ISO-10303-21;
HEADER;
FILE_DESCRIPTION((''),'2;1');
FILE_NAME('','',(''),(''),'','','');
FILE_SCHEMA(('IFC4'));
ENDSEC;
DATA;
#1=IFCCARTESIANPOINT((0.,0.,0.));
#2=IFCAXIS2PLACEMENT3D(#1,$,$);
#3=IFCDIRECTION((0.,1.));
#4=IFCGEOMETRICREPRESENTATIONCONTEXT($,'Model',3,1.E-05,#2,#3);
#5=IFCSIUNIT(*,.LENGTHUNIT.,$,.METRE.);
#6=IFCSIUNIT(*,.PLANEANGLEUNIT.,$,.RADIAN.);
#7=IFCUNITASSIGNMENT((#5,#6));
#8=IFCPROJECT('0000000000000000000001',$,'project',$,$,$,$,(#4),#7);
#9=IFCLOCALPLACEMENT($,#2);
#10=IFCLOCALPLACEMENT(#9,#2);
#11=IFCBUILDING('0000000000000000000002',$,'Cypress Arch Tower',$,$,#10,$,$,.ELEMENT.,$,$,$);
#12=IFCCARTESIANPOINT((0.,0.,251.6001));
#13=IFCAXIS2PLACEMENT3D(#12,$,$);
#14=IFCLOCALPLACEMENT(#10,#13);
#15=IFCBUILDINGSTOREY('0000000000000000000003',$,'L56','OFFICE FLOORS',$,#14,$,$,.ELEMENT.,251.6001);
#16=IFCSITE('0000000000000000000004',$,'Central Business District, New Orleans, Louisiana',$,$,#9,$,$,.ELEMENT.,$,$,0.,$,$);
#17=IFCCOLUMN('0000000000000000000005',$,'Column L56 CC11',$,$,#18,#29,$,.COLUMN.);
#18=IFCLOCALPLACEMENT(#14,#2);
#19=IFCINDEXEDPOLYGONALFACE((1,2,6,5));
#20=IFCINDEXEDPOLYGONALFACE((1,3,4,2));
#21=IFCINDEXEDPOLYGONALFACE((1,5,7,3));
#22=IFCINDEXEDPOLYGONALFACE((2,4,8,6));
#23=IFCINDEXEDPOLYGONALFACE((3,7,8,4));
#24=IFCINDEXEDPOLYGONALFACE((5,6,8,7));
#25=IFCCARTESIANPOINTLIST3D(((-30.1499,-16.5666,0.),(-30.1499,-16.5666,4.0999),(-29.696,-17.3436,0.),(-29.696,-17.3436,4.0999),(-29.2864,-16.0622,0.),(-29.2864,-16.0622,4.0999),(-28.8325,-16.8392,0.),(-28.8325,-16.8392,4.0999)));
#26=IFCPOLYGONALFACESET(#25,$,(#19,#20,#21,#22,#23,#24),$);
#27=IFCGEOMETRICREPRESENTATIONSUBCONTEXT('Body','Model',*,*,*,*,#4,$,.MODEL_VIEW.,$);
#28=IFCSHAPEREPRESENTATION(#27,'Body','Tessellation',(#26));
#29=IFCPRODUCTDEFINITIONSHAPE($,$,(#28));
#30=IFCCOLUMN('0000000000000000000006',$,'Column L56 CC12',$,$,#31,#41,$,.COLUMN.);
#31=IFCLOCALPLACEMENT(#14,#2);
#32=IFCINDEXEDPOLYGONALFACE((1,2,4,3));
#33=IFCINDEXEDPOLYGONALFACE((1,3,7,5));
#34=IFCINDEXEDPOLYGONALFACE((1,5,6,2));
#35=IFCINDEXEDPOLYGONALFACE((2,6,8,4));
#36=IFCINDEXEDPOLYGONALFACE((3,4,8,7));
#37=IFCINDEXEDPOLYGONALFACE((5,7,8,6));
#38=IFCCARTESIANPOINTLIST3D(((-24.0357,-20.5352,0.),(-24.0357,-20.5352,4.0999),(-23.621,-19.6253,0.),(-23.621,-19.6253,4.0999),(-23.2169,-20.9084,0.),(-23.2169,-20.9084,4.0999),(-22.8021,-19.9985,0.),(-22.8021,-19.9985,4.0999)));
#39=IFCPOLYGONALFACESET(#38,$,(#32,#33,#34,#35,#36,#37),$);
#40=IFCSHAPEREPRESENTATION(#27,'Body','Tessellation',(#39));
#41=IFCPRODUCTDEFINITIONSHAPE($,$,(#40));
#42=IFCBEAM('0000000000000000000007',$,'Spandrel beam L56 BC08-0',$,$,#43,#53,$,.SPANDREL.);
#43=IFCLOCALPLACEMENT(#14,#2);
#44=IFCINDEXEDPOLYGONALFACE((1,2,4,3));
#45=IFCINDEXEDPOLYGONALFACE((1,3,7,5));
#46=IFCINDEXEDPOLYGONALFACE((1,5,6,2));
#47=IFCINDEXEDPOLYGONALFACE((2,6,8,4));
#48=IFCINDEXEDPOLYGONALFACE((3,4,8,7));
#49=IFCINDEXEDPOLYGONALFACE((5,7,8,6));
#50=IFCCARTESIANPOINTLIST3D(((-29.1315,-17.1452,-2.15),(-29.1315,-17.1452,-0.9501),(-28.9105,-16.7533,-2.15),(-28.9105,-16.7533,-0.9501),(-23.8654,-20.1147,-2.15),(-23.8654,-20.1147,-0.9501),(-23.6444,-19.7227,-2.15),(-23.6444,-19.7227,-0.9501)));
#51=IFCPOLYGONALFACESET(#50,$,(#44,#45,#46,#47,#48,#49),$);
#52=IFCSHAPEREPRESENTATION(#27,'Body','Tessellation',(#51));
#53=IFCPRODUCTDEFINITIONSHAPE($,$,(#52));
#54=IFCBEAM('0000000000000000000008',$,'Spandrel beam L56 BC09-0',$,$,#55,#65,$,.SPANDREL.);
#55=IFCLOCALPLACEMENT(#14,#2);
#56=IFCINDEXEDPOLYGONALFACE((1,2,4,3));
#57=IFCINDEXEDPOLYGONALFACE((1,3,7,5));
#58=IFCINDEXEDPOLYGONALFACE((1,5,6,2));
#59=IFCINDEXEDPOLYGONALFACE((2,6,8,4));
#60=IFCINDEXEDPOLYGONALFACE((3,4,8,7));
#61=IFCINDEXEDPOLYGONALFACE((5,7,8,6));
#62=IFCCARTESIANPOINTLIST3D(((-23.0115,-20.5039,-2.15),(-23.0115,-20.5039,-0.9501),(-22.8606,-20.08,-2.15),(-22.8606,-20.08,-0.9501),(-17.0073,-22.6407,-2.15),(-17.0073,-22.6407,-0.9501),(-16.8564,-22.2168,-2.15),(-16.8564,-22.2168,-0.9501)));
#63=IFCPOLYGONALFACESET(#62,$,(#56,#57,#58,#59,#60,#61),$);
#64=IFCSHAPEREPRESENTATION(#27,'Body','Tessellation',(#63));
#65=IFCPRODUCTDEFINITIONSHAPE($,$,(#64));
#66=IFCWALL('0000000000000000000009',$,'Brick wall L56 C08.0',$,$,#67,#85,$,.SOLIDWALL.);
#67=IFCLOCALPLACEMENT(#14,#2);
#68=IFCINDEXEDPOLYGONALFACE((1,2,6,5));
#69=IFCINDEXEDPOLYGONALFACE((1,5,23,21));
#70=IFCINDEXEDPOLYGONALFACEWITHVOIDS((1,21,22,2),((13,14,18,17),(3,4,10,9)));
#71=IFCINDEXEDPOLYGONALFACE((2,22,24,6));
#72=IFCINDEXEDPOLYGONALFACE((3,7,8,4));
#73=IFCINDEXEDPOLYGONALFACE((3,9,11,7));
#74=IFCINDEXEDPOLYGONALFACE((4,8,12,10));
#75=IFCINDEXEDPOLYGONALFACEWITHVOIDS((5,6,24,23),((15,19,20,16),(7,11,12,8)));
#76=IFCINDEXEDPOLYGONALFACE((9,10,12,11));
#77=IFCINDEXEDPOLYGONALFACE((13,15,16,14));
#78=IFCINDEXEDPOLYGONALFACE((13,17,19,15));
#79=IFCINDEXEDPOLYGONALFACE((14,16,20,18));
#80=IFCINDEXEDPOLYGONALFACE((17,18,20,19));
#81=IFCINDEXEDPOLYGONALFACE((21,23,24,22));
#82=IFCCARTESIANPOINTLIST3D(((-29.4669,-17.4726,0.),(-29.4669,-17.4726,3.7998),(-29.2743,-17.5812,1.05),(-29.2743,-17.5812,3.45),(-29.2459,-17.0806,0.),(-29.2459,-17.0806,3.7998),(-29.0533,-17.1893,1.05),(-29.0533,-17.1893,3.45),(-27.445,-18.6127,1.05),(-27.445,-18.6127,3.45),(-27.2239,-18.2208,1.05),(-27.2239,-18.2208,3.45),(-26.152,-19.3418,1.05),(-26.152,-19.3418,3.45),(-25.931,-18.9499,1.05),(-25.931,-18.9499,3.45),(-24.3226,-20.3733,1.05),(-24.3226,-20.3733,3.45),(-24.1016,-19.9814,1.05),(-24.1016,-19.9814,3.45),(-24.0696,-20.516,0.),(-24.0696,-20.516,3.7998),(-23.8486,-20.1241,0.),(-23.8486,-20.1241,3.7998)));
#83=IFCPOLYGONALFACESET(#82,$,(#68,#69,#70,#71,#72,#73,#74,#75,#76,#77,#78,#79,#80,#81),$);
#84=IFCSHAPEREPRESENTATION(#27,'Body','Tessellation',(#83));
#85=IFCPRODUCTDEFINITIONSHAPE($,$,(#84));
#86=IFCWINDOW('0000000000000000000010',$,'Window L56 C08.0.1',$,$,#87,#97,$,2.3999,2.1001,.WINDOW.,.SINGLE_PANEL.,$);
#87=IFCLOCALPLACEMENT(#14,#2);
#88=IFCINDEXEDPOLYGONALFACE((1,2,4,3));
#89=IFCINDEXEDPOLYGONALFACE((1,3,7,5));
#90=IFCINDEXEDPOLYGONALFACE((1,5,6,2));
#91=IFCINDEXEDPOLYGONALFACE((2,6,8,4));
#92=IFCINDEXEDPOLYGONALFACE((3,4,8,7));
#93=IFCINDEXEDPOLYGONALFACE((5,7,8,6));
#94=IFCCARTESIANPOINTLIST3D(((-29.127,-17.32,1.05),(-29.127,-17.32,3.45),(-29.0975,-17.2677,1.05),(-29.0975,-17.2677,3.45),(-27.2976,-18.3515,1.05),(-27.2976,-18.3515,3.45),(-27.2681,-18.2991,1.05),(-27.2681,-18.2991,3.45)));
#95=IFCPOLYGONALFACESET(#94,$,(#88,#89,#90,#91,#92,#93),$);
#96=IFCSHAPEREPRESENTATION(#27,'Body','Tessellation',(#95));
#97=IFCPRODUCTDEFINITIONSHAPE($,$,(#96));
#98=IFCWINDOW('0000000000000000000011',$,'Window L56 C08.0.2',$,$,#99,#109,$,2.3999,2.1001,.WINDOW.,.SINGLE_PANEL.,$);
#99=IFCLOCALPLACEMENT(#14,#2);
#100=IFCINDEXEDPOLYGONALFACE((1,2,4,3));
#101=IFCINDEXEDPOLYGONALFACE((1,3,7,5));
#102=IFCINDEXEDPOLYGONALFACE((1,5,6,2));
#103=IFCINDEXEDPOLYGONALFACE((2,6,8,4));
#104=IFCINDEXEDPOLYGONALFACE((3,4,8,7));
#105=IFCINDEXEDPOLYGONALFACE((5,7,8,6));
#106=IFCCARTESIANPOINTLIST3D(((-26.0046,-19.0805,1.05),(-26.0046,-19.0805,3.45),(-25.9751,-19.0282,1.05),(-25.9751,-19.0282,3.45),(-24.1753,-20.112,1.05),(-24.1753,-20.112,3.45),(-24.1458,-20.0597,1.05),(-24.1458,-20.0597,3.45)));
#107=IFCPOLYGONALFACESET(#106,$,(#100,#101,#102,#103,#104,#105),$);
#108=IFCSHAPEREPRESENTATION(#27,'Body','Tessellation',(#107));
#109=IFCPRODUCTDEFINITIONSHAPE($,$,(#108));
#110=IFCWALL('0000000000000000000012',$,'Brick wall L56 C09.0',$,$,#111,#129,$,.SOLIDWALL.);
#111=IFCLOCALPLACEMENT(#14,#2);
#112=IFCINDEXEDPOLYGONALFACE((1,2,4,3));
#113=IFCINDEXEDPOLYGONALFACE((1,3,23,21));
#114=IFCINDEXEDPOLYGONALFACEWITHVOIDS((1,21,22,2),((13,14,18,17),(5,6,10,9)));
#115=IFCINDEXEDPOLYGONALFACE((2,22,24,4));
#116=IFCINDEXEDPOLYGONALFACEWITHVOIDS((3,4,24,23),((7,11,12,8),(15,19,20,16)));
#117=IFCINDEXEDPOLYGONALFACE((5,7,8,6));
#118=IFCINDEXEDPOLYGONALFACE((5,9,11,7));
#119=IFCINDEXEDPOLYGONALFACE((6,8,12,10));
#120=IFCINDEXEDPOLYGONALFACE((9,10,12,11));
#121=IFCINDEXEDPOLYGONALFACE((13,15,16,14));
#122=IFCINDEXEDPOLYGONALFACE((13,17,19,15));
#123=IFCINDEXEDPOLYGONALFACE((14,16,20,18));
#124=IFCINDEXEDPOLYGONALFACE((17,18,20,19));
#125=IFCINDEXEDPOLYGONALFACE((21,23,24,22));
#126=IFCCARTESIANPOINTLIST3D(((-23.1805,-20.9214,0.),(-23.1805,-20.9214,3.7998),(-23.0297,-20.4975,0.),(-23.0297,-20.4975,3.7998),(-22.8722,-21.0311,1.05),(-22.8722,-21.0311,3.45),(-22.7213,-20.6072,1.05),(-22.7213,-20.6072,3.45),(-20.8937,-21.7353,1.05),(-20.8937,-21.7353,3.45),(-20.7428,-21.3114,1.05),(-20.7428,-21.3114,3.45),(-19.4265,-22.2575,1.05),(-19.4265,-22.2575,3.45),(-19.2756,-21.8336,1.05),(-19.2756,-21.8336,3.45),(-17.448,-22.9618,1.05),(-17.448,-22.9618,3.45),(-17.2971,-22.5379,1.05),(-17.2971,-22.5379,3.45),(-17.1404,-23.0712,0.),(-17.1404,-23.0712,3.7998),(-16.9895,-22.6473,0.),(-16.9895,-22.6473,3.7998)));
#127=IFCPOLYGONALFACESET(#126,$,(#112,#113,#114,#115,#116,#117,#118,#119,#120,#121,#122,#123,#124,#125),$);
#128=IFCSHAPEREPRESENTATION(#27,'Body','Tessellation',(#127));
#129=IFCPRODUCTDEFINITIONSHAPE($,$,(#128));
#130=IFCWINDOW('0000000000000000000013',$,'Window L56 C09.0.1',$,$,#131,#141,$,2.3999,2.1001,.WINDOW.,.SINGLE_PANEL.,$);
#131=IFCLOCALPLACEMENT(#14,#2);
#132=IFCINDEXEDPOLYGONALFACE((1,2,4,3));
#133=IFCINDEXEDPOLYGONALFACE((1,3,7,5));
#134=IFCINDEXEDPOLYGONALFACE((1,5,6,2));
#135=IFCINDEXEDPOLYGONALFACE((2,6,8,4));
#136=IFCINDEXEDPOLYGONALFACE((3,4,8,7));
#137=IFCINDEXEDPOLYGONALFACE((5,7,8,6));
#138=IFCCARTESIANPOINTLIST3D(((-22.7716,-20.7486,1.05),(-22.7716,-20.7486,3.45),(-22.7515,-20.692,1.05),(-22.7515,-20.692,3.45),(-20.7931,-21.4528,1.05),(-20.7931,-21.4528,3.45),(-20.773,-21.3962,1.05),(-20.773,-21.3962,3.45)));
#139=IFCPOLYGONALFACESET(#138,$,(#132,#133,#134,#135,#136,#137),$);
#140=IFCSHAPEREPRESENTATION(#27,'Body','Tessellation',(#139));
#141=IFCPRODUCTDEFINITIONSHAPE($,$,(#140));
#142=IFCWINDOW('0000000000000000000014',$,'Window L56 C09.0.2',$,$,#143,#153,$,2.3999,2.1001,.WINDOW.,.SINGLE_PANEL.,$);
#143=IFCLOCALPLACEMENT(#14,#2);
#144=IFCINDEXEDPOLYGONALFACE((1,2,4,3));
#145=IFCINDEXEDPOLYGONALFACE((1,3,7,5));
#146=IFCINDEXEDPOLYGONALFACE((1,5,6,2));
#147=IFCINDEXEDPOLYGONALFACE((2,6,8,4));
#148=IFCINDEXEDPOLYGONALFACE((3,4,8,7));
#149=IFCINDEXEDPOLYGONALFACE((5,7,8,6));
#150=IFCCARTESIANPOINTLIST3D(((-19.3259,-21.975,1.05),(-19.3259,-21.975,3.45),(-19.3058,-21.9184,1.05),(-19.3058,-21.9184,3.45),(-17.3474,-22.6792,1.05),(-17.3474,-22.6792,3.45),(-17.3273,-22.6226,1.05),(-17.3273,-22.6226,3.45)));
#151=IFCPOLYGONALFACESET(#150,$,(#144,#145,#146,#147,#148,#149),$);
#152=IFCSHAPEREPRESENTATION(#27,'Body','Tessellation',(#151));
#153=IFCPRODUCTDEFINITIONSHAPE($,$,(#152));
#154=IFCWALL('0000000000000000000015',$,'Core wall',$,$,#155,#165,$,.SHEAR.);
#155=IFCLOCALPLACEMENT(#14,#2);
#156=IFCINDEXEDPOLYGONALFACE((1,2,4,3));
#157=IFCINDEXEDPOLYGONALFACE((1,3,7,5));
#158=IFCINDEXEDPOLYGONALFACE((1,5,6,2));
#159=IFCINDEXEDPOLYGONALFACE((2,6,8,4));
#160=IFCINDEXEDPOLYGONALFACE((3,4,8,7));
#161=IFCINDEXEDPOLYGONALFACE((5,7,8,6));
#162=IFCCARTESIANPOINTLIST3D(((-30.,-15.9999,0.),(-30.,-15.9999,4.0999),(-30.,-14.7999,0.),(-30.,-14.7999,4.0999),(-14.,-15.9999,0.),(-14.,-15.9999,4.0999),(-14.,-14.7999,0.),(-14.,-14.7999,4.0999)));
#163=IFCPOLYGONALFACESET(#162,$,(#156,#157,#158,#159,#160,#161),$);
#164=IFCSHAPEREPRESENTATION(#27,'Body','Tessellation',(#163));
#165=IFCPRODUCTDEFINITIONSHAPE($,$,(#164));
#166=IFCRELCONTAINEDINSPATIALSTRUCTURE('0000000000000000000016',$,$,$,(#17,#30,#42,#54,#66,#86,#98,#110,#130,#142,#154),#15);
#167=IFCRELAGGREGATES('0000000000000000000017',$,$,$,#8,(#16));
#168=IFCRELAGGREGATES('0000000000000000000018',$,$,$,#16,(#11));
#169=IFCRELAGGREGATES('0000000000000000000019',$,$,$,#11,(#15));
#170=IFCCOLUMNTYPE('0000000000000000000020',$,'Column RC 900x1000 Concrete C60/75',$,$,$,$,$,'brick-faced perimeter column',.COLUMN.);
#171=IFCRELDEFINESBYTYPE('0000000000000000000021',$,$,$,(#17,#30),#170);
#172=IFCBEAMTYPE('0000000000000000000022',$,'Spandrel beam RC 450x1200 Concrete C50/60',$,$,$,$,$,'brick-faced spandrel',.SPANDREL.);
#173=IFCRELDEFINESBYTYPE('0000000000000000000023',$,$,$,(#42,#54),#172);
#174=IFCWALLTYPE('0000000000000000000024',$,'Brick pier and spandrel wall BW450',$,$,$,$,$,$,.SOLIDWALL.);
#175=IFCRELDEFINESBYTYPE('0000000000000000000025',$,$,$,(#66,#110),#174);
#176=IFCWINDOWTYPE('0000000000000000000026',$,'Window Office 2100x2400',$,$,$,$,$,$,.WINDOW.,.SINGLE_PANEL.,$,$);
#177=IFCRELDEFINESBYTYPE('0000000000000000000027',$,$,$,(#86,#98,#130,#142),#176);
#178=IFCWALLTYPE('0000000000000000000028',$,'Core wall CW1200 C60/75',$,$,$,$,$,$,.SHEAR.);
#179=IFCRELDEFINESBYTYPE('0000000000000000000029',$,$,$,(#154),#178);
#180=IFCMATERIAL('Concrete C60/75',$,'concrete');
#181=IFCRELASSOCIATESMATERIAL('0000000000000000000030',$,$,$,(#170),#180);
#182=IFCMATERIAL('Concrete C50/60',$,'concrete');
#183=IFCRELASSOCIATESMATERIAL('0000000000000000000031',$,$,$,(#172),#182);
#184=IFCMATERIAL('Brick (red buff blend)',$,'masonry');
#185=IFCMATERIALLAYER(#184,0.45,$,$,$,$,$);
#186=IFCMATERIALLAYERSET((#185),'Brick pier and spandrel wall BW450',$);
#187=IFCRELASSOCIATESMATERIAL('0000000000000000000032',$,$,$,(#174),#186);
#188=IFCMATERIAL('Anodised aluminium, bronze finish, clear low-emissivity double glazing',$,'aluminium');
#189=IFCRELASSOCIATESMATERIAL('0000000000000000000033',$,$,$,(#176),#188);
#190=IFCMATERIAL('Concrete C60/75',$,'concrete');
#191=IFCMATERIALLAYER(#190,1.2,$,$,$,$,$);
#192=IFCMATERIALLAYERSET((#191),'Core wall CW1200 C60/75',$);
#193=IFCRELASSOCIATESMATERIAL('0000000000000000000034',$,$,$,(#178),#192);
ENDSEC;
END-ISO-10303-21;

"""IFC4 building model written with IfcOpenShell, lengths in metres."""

from ifc_helpers import new_model, si_unit, direction, frame, frame_2d, origin, origin_2d, place, context, subcontext, project, spatial, rectangle, extrude, material, layer, layer_set, material_profile, profile_set, type_object, element, fill, save


model = new_model("IFC4")

# Units and contexts
model_context = context("Model", 3, precision=1e-05, world=origin(), true_north=direction((0.0, 1.0)))
body_context = subcontext(model_context, "Body", "Model", "MODEL_VIEW")
ifc_project = project(units=[si_unit("LENGTHUNIT", "METRE"), si_unit("PLANEANGLEUNIT", "RADIAN")], contexts=[model_context])

# Site, building, storey
site_placement = place(None, origin())
site = spatial("IfcSite", under=ifc_project, at=site_placement, Name="Central Business District, New Orleans, Louisiana", CompositionType="ELEMENT", RefElevation=0.0)
building_placement = place(site_placement, origin())
building = spatial("IfcBuilding", under=site, at=building_placement, Name="Cypress Arch Tower", CompositionType="ELEMENT")
storey_placement = place(building_placement, frame((0.0, 0.0, 251.6001)))
storey = spatial("IfcBuildingStorey", under=building, at=storey_placement, Name="L56", Description="OFFICE FLOORS", CompositionType="ELEMENT", Elevation=251.6001)

# Columns
ifc_material_1 = material(Name="Concrete C60/75", Category="concrete")
ifc_material_profile_1 = material_profile(ifc_material_1, rectangle(XDim=0.8999, YDim=1.0, at=origin_2d()), Name="RC 900x1000")
ifc_profile_set_1 = profile_set([ifc_material_profile_1], Name="Concrete C60/75")
column_type = type_object("IfcColumnType", Name="Column RC 900x1000 Concrete C60/75", ElementType="brick-faced perimeter column", PredefinedType="COLUMN", material=ifc_profile_set_1)
for number, where, z_axis, x_axis, name in (
    (1, (-29.4912, -16.7029, 0.0), (0.0, 0.0, 1.0), (0.504399, -0.863471, 0.0), "Column L56 CC11"),
    (2, (-23.4189, -20.2668, 0.0), (0.0, 0.0, 1.0), (0.909932, -0.414757, 0.0), "Column L56 CC12"),
):
    element("IfcColumn", number, at=place(storey_placement, frame(where, z_axis=z_axis, x_axis=x_axis)), inside=storey, type_object=column_type, Name=name, PredefinedType="COLUMN", context=body_context, shape_type="SweptSolid", body=[
        extrude(rectangle(XDim=0.8999, YDim=1.0, at=origin_2d()), origin(), (0.0, 0.0, 1.0), 4.0999),
    ])

# Beams
ifc_material_2 = material(Name="Concrete C50/60", Category="concrete")
ifc_material_profile_2 = material_profile(ifc_material_2, rectangle(XDim=0.45, YDim=1.2, at=origin_2d()), Name="RC 450x1200")
ifc_profile_set_2 = profile_set([ifc_material_profile_2], Name="Concrete C50/60")
beam_type = type_object("IfcBeamType", Name="Spandrel beam RC 450x1200 Concrete C50/60", ElementType="brick-faced spandrel", PredefinedType="SPANDREL", material=ifc_profile_set_2)
beam_1_placement = place(storey_placement, frame((-29.021, -16.9492, -1.55), z_axis=(0.87106, -0.491177, 0.0), x_axis=(0.491177, 0.87106, 0.0)))
element("IfcBeam", 3, at=beam_1_placement, inside=storey, type_object=beam_type, Name="Spandrel beam L56 BC08-0", PredefinedType="SPANDREL", context=body_context, shape_type="SweptSolid", body=[
    extrude(rectangle(XDim=0.45, YDim=1.2, at=origin_2d()), origin(), (0.0, 0.0, 1.0), 6.0457),
])
beam_2_placement = place(storey_placement, frame((-22.936, -20.292, -1.55), z_axis=(0.94212, -0.335276, 0.0), x_axis=(0.335276, 0.94212, 0.0)))
element("IfcBeam", 4, at=beam_2_placement, inside=storey, type_object=beam_type, Name="Spandrel beam L56 BC09-0", PredefinedType="SPANDREL", context=body_context, shape_type="SweptSolid", body=[
    extrude(rectangle(XDim=0.45, YDim=1.2, at=origin_2d()), origin(), (0.0, 0.0, 1.0), 6.373),
])

# Walls, openings, windows
ifc_material_3 = material(Name="Brick (red buff blend)", Category="masonry")
ifc_layer_1 = layer(ifc_material_3, 0.45)
ifc_layer_set_1 = layer_set([ifc_layer_1], Name="Brick pier and spandrel wall BW450")
wall_type_1 = type_object("IfcWallType", Name="Brick pier and spandrel wall BW450", PredefinedType="SOLIDWALL", material=ifc_layer_set_1)
wall_1_placement = place(storey_placement, frame((-29.3564, -17.2766, 0.0), z_axis=(0.0, 0.0, 1.0), x_axis=(0.871066, -0.491166, 0.0)))
wall_1 = element("IfcWall", 5, at=wall_1_placement, inside=storey, type_object=wall_type_1, Name="Brick wall L56 C08.0", PredefinedType="SOLIDWALL", context=body_context, shape_type="SweptSolid", body=[
    extrude(rectangle(XDim=6.1963, YDim=0.45, at=frame_2d((3.0981, 0.0))), origin(), (0.0, 0.0, 1.0), 3.7998),
])
opening_1_placement = place(wall_1_placement, frame((0.2212, 0.0, 1.05)))
opening_1 = element("IfcOpeningElement", 6, at=opening_1_placement, cuts=wall_1, PredefinedType="OPENING", context=body_context, shape_type="SweptSolid", body=[
    extrude(rectangle(XDim=2.1001, YDim=2.3999, at=frame_2d((1.05, 1.2))), frame((0.0, 0.2349, 0.0), z_axis=(0.0, -1.0, 0.0), x_axis=(1.0, 0.0, 0.0)), (0.0, 0.0, 1.0), 0.47),
])
opening_2_placement = place(wall_1_placement, frame((3.8057, 0.0, 1.05)))
opening_2 = element("IfcOpeningElement", 7, at=opening_2_placement, cuts=wall_1, PredefinedType="OPENING", context=body_context, shape_type="SweptSolid", body=[
    extrude(rectangle(XDim=2.1001, YDim=2.3999, at=frame_2d((1.05, 1.2))), frame((0.0, 0.2349, 0.0), z_axis=(0.0, -1.0, 0.0), x_axis=(1.0, 0.0, 0.0)), (0.0, 0.0, 1.0), 0.47),
])
ifc_material_4 = material(Name="Anodised aluminium, bronze finish, clear low-emissivity double glazing", Category="aluminium")
window_type = type_object("IfcWindowType", Name="Window Office 2100x2400", PartitioningType="SINGLE_PANEL", PredefinedType="WINDOW", material=ifc_material_4)
window_1_placement = place(opening_1_placement, origin())
window_1 = element("IfcWindow", 8, at=window_1_placement, inside=storey, type_object=window_type, Name="Window L56 C08.0.1", OverallHeight=2.3999, OverallWidth=2.1001, PartitioningType="SINGLE_PANEL", PredefinedType="WINDOW", context=body_context, shape_type="SweptSolid", body=[
    extrude(rectangle(XDim=2.1001, YDim=2.3999, at=frame_2d((1.05, 1.2))), frame((0.0, 0.135, 0.0), z_axis=(0.0, -1.0, 0.0), x_axis=(1.0, 0.0, 0.0)), (0.0, 0.0, 1.0), 0.0601),
])
fill(opening_1, window_1)
window_2_placement = place(opening_2_placement, origin())
window_2 = element("IfcWindow", 9, at=window_2_placement, inside=storey, type_object=window_type, Name="Window L56 C08.0.2", OverallHeight=2.3999, OverallWidth=2.1001, PartitioningType="SINGLE_PANEL", PredefinedType="WINDOW", context=body_context, shape_type="SweptSolid", body=[
    extrude(rectangle(XDim=2.1001, YDim=2.3999, at=frame_2d((1.05, 1.2))), frame((0.0, 0.135, 0.0), z_axis=(0.0, -1.0, 0.0), x_axis=(1.0, 0.0, 0.0)), (0.0, 0.0, 1.0), 0.0601),
])
fill(opening_2, window_2)
wall_2_placement = place(storey_placement, frame((-23.105, -20.7095, 0.0), z_axis=(0.0, 0.0, 1.0), x_axis=(0.942104, -0.335321, 0.0)))
wall_2 = element("IfcWall", 10, at=wall_2_placement, inside=storey, type_object=wall_type_1, Name="Brick wall L56 C09.0", PredefinedType="SOLIDWALL", context=body_context, shape_type="SweptSolid", body=[
    extrude(rectangle(XDim=6.4114, YDim=0.45, at=frame_2d((3.2056, 0.0))), origin(), (0.0, 0.0, 1.0), 3.7998),
])
opening_3_placement = place(wall_2_placement, frame((0.3271, 0.0, 1.05)))
opening_3 = element("IfcOpeningElement", 11, at=opening_3_placement, cuts=wall_2, PredefinedType="OPENING", context=body_context, shape_type="SweptSolid", body=[
    extrude(rectangle(XDim=2.1001, YDim=2.3999, at=frame_2d((1.05, 1.2))), frame((0.0, 0.2349, 0.0), z_axis=(0.0, -1.0, 0.0), x_axis=(1.0, 0.0, 0.0)), (0.0, 0.0, 1.0), 0.47),
])
opening_4_placement = place(wall_2_placement, frame((3.9846, 0.0, 1.05)))
opening_4 = element("IfcOpeningElement", 12, at=opening_4_placement, cuts=wall_2, PredefinedType="OPENING", context=body_context, shape_type="SweptSolid", body=[
    extrude(rectangle(XDim=2.1001, YDim=2.3999, at=frame_2d((1.05, 1.2))), frame((0.0, 0.2349, 0.0), z_axis=(0.0, -1.0, 0.0), x_axis=(1.0, 0.0, 0.0)), (0.0, 0.0, 1.0), 0.47),
])
window_3_placement = place(opening_3_placement, origin())
window_3 = element("IfcWindow", 13, at=window_3_placement, inside=storey, type_object=window_type, Name="Window L56 C09.0.1", OverallHeight=2.3999, OverallWidth=2.1001, PartitioningType="SINGLE_PANEL", PredefinedType="WINDOW", context=body_context, shape_type="SweptSolid", body=[
    extrude(rectangle(XDim=2.1001, YDim=2.3999, at=frame_2d((1.05, 1.2))), frame((0.0, 0.135, 0.0), z_axis=(0.0, -1.0, 0.0), x_axis=(1.0, 0.0, 0.0)), (0.0, 0.0, 1.0), 0.0601),
])
fill(opening_3, window_3)
window_4_placement = place(opening_4_placement, origin())
window_4 = element("IfcWindow", 14, at=window_4_placement, inside=storey, type_object=window_type, Name="Window L56 C09.0.2", OverallHeight=2.3999, OverallWidth=2.1001, PartitioningType="SINGLE_PANEL", PredefinedType="WINDOW", context=body_context, shape_type="SweptSolid", body=[
    extrude(rectangle(XDim=2.1001, YDim=2.3999, at=frame_2d((1.05, 1.2))), frame((0.0, 0.135, 0.0), z_axis=(0.0, -1.0, 0.0), x_axis=(1.0, 0.0, 0.0)), (0.0, 0.0, 1.0), 0.0601),
])
fill(opening_4, window_4)

# Wall
ifc_material_5 = material(Name="Concrete C60/75", Category="concrete")
ifc_layer_2 = layer(ifc_material_5, 1.2)
ifc_layer_set_2 = layer_set([ifc_layer_2], Name="Core wall CW1200 C60/75")
wall_type_2 = type_object("IfcWallType", Name="Core wall CW1200 C60/75", PredefinedType="SHEAR", material=ifc_layer_set_2)
wall_3_placement = place(storey_placement, frame((-30.0, -15.3999, 0.0), z_axis=(0.0, 0.0, 1.0), x_axis=(1.0, 0.0, 0.0)))
element("IfcWall", 15, at=wall_3_placement, inside=storey, type_object=wall_type_2, Name="Core wall", PredefinedType="SHEAR", context=body_context, shape_type="SweptSolid", body=[
    extrude(rectangle(XDim=16.0, YDim=1.2, at=frame_2d((8.0, 0.0))), origin(), (0.0, 0.0, 1.0), 4.0999),
])

save(model, "model.ifc")
